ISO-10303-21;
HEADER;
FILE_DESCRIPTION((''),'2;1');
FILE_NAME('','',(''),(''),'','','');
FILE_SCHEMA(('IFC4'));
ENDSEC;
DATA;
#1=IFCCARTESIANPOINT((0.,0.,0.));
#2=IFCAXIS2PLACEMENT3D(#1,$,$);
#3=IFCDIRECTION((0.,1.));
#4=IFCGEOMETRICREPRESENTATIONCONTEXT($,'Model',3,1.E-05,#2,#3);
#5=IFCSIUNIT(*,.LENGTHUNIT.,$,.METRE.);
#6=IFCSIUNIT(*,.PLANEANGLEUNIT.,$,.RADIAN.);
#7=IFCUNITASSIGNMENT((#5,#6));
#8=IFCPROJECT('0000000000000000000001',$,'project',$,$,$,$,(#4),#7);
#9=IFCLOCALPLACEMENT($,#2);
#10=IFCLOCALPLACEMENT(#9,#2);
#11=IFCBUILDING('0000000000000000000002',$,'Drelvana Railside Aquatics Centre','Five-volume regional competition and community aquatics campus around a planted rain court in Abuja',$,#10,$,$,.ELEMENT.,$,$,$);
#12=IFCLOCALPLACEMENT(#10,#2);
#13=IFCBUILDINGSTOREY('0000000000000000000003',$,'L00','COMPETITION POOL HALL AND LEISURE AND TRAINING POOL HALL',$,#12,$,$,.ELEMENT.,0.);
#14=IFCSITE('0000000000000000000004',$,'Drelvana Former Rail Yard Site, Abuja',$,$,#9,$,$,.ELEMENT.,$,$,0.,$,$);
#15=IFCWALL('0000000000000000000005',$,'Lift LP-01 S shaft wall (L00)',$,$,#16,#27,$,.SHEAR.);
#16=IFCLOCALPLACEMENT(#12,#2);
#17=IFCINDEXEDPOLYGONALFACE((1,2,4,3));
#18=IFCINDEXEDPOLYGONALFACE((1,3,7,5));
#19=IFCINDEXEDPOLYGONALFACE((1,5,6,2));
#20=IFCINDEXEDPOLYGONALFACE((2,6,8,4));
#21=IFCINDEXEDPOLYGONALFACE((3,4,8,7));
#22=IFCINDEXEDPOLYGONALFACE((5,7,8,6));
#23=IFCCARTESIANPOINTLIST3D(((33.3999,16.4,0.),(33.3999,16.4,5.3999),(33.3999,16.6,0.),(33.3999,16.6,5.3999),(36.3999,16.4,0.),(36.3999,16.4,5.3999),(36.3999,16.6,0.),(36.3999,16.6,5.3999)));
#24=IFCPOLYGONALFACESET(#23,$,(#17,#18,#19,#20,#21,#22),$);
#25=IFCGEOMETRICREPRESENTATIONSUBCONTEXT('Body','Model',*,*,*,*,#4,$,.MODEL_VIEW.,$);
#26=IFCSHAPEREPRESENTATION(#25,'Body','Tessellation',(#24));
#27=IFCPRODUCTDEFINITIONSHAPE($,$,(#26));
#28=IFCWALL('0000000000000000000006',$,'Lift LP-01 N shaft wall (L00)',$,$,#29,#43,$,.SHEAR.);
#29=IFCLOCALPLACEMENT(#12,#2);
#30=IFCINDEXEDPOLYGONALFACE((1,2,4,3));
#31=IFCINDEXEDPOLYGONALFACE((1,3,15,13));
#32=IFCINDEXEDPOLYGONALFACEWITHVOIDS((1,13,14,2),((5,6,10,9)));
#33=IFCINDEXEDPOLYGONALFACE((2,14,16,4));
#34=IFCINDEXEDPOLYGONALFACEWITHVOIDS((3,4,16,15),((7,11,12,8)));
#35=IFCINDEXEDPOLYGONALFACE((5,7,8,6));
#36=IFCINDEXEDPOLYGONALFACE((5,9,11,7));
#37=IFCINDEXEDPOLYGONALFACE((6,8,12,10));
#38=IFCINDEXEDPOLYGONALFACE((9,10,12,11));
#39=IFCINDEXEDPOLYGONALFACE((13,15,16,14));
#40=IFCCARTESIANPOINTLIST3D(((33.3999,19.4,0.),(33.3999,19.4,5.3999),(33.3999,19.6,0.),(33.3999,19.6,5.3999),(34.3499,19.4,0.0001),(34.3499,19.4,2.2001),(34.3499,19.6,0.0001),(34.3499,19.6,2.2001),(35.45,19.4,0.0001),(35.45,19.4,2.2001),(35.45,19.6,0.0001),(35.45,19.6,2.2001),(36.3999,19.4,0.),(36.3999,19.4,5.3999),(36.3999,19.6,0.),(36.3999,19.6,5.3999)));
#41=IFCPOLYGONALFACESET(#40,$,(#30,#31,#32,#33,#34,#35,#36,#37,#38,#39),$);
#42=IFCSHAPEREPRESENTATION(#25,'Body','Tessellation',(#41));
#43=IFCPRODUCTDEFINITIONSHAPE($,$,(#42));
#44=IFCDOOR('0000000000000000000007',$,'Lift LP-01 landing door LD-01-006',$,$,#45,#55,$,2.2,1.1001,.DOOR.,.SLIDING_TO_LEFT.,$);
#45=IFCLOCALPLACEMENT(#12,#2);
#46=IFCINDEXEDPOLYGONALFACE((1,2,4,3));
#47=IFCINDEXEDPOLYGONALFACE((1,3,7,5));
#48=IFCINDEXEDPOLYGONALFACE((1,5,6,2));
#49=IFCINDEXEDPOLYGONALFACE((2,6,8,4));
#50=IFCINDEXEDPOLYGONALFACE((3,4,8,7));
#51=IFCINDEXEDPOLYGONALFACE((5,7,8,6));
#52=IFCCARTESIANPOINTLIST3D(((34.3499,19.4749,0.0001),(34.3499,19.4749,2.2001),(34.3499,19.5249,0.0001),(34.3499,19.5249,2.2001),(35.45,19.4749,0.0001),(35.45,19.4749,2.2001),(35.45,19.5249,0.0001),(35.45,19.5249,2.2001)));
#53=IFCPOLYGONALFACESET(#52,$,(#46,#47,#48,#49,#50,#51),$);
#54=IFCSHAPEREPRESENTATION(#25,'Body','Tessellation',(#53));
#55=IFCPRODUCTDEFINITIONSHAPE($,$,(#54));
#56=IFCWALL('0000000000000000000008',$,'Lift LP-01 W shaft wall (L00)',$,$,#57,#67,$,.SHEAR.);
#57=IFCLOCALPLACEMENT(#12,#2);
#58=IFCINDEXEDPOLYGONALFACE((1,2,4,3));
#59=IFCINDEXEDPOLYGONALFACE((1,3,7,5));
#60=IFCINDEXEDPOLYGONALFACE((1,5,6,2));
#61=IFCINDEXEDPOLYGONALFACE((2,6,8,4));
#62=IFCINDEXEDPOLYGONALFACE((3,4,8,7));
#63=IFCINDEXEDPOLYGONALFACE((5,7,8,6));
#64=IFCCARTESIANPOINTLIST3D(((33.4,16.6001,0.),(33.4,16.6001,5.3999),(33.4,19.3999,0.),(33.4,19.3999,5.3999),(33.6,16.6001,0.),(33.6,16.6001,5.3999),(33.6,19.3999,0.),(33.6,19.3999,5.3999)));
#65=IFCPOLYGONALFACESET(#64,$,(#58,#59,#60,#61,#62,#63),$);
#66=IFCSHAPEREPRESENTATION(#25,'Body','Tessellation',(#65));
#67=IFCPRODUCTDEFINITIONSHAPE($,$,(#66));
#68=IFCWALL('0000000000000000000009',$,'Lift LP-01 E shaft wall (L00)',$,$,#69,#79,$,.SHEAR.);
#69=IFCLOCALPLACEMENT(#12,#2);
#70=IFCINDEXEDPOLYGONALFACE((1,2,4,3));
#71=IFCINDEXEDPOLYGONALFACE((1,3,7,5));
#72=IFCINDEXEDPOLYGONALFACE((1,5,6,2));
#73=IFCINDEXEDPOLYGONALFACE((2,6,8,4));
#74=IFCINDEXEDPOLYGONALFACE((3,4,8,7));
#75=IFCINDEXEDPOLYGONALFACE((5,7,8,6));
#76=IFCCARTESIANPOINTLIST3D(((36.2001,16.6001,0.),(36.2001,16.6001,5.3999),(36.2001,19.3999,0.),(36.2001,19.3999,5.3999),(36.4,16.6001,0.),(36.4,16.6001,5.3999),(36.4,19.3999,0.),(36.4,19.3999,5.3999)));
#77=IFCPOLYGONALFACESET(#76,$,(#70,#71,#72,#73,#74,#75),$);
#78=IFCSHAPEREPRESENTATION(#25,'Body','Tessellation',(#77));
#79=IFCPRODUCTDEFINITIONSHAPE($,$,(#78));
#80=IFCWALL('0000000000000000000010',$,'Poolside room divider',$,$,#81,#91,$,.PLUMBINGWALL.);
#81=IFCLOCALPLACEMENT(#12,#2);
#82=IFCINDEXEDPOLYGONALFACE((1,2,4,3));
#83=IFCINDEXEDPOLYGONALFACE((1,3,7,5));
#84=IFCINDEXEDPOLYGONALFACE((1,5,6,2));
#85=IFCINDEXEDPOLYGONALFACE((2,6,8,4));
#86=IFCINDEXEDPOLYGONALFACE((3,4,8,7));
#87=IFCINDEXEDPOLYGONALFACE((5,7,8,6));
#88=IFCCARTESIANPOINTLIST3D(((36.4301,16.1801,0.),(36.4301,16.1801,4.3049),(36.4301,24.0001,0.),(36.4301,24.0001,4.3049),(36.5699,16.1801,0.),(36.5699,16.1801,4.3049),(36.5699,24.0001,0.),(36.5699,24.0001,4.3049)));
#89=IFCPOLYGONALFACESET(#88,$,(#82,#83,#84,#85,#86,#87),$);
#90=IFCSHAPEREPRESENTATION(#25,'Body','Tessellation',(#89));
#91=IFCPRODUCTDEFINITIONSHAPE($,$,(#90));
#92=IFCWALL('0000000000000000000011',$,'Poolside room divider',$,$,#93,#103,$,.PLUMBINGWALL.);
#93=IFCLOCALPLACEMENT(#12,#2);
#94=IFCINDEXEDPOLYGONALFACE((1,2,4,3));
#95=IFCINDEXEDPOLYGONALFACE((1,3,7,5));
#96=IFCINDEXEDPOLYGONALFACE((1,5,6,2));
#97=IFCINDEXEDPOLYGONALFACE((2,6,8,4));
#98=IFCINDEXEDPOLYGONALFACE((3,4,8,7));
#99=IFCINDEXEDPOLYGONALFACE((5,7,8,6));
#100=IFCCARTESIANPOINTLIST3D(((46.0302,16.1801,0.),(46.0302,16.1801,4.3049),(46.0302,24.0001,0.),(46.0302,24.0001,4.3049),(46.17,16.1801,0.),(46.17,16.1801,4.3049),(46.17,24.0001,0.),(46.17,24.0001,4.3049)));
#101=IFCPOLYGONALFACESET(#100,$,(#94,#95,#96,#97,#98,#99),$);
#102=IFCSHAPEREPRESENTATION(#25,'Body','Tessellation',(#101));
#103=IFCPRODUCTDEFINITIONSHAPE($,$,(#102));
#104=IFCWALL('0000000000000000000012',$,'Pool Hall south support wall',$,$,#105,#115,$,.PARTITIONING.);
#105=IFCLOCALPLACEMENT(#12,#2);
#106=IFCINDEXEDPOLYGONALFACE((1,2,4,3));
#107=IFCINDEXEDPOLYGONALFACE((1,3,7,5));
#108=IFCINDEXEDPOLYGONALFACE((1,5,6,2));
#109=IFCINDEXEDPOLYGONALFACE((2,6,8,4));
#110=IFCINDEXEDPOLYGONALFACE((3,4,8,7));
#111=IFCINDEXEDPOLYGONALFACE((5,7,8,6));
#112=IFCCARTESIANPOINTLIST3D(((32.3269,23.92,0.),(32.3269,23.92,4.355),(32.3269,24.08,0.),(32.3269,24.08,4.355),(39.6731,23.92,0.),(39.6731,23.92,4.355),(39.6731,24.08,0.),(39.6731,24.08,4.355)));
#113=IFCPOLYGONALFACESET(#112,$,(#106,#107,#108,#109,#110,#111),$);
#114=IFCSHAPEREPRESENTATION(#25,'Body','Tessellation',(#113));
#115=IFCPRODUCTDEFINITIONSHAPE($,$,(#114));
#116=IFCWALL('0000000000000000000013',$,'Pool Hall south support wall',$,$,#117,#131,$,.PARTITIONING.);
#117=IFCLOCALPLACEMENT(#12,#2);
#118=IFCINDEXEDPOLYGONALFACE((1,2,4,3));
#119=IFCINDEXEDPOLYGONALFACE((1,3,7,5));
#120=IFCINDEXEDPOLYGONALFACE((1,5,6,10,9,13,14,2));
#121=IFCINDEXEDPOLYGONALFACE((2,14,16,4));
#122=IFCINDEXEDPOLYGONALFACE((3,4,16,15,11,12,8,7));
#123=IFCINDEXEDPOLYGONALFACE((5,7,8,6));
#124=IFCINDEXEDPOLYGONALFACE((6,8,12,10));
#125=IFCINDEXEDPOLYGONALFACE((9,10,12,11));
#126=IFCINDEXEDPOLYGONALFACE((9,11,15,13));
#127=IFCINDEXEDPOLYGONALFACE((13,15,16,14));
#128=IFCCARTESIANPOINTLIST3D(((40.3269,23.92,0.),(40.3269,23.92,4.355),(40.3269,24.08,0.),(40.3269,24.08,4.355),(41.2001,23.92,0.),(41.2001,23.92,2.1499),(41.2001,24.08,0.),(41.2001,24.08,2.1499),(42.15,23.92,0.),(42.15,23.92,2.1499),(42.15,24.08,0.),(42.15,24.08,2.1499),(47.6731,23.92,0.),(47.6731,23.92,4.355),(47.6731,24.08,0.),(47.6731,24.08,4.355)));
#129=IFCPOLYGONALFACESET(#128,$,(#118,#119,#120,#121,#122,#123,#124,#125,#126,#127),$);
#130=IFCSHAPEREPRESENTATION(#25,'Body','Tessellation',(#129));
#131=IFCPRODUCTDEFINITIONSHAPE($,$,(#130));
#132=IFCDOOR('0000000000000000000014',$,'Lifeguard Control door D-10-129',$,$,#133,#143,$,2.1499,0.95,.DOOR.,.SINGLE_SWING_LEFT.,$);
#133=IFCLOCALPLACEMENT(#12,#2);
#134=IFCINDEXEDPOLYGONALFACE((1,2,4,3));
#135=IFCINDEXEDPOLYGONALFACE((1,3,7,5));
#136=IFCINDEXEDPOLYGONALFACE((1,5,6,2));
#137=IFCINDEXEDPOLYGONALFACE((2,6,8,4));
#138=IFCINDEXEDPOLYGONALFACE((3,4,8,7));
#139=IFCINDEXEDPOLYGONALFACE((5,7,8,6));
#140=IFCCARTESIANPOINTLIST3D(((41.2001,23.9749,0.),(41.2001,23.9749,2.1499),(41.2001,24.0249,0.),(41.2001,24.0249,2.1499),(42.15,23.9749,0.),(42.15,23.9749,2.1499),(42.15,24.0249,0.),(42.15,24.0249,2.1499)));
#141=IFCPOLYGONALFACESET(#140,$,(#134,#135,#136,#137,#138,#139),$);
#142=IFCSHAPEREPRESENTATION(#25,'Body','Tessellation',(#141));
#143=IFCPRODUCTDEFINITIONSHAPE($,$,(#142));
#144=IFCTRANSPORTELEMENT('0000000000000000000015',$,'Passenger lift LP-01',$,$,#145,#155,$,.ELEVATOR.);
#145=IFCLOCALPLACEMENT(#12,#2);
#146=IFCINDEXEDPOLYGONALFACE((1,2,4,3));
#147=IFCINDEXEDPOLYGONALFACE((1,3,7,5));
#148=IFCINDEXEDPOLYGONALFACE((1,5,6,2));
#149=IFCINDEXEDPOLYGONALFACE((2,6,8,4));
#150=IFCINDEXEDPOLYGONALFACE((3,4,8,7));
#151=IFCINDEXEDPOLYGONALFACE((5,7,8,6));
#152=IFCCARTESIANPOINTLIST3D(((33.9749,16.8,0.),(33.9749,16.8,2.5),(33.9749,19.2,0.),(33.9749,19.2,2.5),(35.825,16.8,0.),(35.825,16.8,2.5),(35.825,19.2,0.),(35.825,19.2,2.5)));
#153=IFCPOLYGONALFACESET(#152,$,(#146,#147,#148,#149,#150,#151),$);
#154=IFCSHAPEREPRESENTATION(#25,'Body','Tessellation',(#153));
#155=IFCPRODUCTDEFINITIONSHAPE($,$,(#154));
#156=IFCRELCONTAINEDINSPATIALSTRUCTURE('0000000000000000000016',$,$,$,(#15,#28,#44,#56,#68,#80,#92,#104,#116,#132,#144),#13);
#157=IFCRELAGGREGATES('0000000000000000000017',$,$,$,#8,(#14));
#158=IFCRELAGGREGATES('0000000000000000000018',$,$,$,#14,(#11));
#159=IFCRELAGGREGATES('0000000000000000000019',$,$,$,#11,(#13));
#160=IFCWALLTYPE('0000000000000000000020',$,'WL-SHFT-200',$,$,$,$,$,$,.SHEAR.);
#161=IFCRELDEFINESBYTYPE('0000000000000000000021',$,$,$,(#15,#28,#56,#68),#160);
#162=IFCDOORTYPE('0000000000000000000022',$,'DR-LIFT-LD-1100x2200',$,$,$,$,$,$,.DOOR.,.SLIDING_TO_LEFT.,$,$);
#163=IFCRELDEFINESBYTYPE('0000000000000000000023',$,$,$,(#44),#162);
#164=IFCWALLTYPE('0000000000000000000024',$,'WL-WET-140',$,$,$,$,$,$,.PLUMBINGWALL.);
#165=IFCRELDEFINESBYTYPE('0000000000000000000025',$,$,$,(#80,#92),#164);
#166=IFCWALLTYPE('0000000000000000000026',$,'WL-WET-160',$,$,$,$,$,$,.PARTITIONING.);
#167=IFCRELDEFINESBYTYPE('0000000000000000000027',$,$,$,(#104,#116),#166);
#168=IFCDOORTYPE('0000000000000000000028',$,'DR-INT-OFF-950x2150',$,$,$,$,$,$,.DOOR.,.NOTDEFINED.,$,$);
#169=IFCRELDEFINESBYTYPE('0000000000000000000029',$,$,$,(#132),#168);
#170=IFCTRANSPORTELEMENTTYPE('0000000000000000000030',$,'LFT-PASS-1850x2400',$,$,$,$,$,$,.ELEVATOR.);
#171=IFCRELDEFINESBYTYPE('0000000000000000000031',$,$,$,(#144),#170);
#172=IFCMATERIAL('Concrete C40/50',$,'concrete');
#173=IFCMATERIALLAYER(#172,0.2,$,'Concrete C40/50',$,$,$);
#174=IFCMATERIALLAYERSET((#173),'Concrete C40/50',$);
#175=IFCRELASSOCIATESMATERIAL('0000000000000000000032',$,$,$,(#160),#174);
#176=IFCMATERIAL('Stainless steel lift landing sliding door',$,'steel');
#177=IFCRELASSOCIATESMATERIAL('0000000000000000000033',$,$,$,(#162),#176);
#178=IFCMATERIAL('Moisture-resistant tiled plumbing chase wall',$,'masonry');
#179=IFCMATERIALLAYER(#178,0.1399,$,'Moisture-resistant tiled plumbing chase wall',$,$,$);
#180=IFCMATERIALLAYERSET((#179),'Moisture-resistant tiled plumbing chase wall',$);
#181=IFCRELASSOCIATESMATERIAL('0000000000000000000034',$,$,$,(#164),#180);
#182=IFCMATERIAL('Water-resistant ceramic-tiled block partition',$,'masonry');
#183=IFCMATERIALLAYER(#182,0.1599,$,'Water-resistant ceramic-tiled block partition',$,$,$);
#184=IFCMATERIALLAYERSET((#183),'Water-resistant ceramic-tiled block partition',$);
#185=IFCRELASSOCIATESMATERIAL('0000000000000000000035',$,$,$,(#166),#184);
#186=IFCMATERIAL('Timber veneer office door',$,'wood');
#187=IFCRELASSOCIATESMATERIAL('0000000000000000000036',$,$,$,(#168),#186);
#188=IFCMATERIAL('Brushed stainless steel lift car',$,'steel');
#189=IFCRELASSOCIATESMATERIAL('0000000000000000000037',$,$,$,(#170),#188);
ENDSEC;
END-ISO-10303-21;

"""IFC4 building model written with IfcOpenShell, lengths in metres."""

from ifc_helpers import new_model, si_unit, direction, frame, frame_2d, origin, origin_2d, place, context, subcontext, project, spatial, rectangle, extrude, material, layer, layer_set, type_object, element, fill, save


model = new_model("IFC4")

# Units and contexts
model_context = context("Model", 3, precision=1e-05, world=origin(), true_north=direction((0.0, 1.0)))
body_context = subcontext(model_context, "Body", "Model", "MODEL_VIEW")
ifc_project = project(units=[si_unit("LENGTHUNIT", "METRE"), si_unit("PLANEANGLEUNIT", "RADIAN")], contexts=[model_context])

# Site, building, storey
site_placement = place(None, origin())
site = spatial("IfcSite", under=ifc_project, at=site_placement, Name="Drelvana Former Rail Yard Site, Abuja", CompositionType="ELEMENT", RefElevation=0.0)
building_placement = place(site_placement, origin())
building = spatial("IfcBuilding", under=site, at=building_placement, Name="Drelvana Railside Aquatics Centre", Description="Five-volume regional competition and community aquatics campus around a planted rain court in Abuja", CompositionType="ELEMENT")
storey_placement = place(building_placement, origin())
storey = spatial("IfcBuildingStorey", under=building, at=storey_placement, Name="L00", Description="COMPETITION POOL HALL AND LEISURE AND TRAINING POOL HALL", CompositionType="ELEMENT", Elevation=0.0)

# Shared definitions
ifc_material_1 = material(Name="Concrete C40/50", Category="concrete")

# Wall
ifc_layer_1 = layer(ifc_material_1, 0.2, Name="Concrete C40/50")
ifc_layer_set_1 = layer_set([ifc_layer_1], Name="Concrete C40/50")
wall_type_1 = type_object("IfcWallType", Name="WL-SHFT-200", PredefinedType="SHEAR", material=ifc_layer_set_1)
wall_1_placement = place(storey_placement, frame((33.3999, 16.5, 0.0), z_axis=(0.0, 0.0, 1.0), x_axis=(1.0, 0.0, 0.0)))
element("IfcWall", 1, at=wall_1_placement, inside=storey, type_object=wall_type_1, Name="Lift LP-01 S shaft wall (L00)", PredefinedType="SHEAR", context=body_context, shape_type="SweptSolid", body=[
    extrude(rectangle(XDim=3.0, YDim=0.2, at=frame_2d((1.5, 0.0))), origin(), (0.0, 0.0, 1.0), 5.3999),
])

# Wall, opening, door
wall_2_placement = place(storey_placement, frame((33.3999, 19.5, 0.0), z_axis=(0.0, 0.0, 1.0), x_axis=(1.0, 0.0, 0.0)))
wall_2 = element("IfcWall", 2, at=wall_2_placement, inside=storey, type_object=wall_type_1, Name="Lift LP-01 N shaft wall (L00)", PredefinedType="SHEAR", context=body_context, shape_type="SweptSolid", body=[
    extrude(rectangle(XDim=3.0, YDim=0.2, at=frame_2d((1.5, 0.0))), origin(), (0.0, 0.0, 1.0), 5.3999),
])
opening_1_placement = place(wall_2_placement, frame((0.95, 0.0, 0.0)))
opening_1 = element("IfcOpeningElement", 3, at=opening_1_placement, cuts=wall_2, PredefinedType="OPENING", context=body_context, shape_type="SweptSolid", body=[
    extrude(rectangle(XDim=1.1001, YDim=2.2, at=frame_2d((0.55, 1.1001))), frame((0.0, 0.1099, 0.0), z_axis=(0.0, -1.0, 0.0), x_axis=(1.0, 0.0, 0.0)), (0.0, 0.0, 1.0), 0.22),
])
ifc_material_2 = material(Name="Stainless steel lift landing sliding door", Category="steel")
door_type_1 = type_object("IfcDoorType", Name="DR-LIFT-LD-1100x2200", OperationType="SLIDING_TO_LEFT", PredefinedType="DOOR", material=ifc_material_2)
door_1_placement = place(opening_1_placement, origin())
door_1 = element("IfcDoor", 4, at=door_1_placement, inside=storey, type_object=door_type_1, Name="Lift LP-01 landing door LD-01-006", OperationType="SLIDING_TO_LEFT", OverallHeight=2.2, OverallWidth=1.1001, PredefinedType="DOOR", context=body_context, shape_type="SweptSolid", body=[
    extrude(rectangle(XDim=1.1001, YDim=2.2, at=frame_2d((0.55, 1.1001))), frame((0.0, 0.0249, 0.0), z_axis=(0.0, -1.0, 0.0), x_axis=(1.0, 0.0, 0.0)), (0.0, 0.0, 1.0), 0.05),
])
fill(opening_1, door_1)

# Walls
for number, where, z_axis, x_axis, name in (
    (5, (33.5, 16.6001, 0.0), (0.0, 0.0, 1.0), (0.0, 1.0, 0.0), "Lift LP-01 W shaft wall (L00)"),
    (6, (36.3, 16.6001, 0.0), (0.0, 0.0, 1.0), (0.0, 1.0, 0.0), "Lift LP-01 E shaft wall (L00)"),
):
    element("IfcWall", number, at=place(storey_placement, frame(where, z_axis=z_axis, x_axis=x_axis)), inside=storey, type_object=wall_type_1, Name=name, PredefinedType="SHEAR", context=body_context, shape_type="SweptSolid", body=[
        extrude(rectangle(XDim=2.7998, YDim=0.2, at=frame_2d((1.3999, 0.0))), origin(), (0.0, 0.0, 1.0), 5.3999),
    ])
ifc_material_3 = material(Name="Moisture-resistant tiled plumbing chase wall", Category="masonry")
ifc_layer_2 = layer(ifc_material_3, 0.1399, Name="Moisture-resistant tiled plumbing chase wall")
ifc_layer_set_2 = layer_set([ifc_layer_2], Name="Moisture-resistant tiled plumbing chase wall")
wall_type_2 = type_object("IfcWallType", Name="WL-WET-140", PredefinedType="PLUMBINGWALL", material=ifc_layer_set_2)
for number, where, z_axis, x_axis, name in (
    (7, (36.5, 16.1799, 0.0), (0.0, 0.0, 1.0), (0.0, 1.0, 0.0), "Poolside room divider"),
    (8, (46.1001, 16.1799, 0.0), (0.0, 0.0, 1.0), (0.0, 1.0, 0.0), "Poolside room divider"),
):
    element("IfcWall", number, at=place(storey_placement, frame(where, z_axis=z_axis, x_axis=x_axis)), inside=storey, type_object=wall_type_2, Name=name, PredefinedType="PLUMBINGWALL", context=body_context, shape_type="SweptSolid", body=[
        extrude(rectangle(XDim=7.8201, YDim=0.1399, at=frame_2d((3.9102, 0.0))), origin(), (0.0, 0.0, 1.0), 4.3049),
    ])
ifc_material_4 = material(Name="Water-resistant ceramic-tiled block partition", Category="masonry")
ifc_layer_3 = layer(ifc_material_4, 0.1599, Name="Water-resistant ceramic-tiled block partition")
ifc_layer_set_3 = layer_set([ifc_layer_3], Name="Water-resistant ceramic-tiled block partition")
wall_type_3 = type_object("IfcWallType", Name="WL-WET-160", PredefinedType="PARTITIONING", material=ifc_layer_set_3)
wall_3_placement = place(storey_placement, frame((32.3269, 24.0, 0.0), z_axis=(0.0, 0.0, 1.0), x_axis=(1.0, 0.0, 0.0)))
element("IfcWall", 9, at=wall_3_placement, inside=storey, type_object=wall_type_3, Name="Pool Hall south support wall", PredefinedType="PARTITIONING", context=body_context, shape_type="SweptSolid", body=[
    extrude(rectangle(XDim=7.3462, YDim=0.1599, at=frame_2d((3.6731, 0.0))), origin(), (0.0, 0.0, 1.0), 4.355),
])

# Wall, opening, door
wall_4_placement = place(storey_placement, frame((40.3269, 24.0, 0.0), z_axis=(0.0, 0.0, 1.0), x_axis=(1.0, 0.0, 0.0)))
wall_4 = element("IfcWall", 10, at=wall_4_placement, inside=storey, type_object=wall_type_3, Name="Pool Hall south support wall", PredefinedType="PARTITIONING", context=body_context, shape_type="SweptSolid", body=[
    extrude(rectangle(XDim=7.3462, YDim=0.1599, at=frame_2d((3.6731, 0.0))), origin(), (0.0, 0.0, 1.0), 4.355),
])
opening_2_placement = place(wall_4_placement, frame((0.873, 0.0, 0.0)))
opening_2 = element("IfcOpeningElement", 11, at=opening_2_placement, cuts=wall_4, PredefinedType="OPENING", context=body_context, shape_type="SweptSolid", body=[
    extrude(rectangle(XDim=0.95, YDim=2.1499, at=frame_2d((0.4751, 1.075))), frame((0.0, 0.0898, 0.0), z_axis=(0.0, -1.0, 0.0), x_axis=(1.0, 0.0, 0.0)), (0.0, 0.0, 1.0), 0.1799),
])
ifc_material_5 = material(Name="Timber veneer office door", Category="wood")
door_type_2 = type_object("IfcDoorType", Name="DR-INT-OFF-950x2150", OperationType="NOTDEFINED", PredefinedType="DOOR", material=ifc_material_5)
door_2_placement = place(opening_2_placement, origin())
door_2 = element("IfcDoor", 12, at=door_2_placement, inside=storey, type_object=door_type_2, Name="Lifeguard Control door D-10-129", OperationType="SINGLE_SWING_LEFT", OverallHeight=2.1499, OverallWidth=0.95, PredefinedType="DOOR", context=body_context, shape_type="SweptSolid", body=[
    extrude(rectangle(XDim=0.95, YDim=2.1499, at=frame_2d((0.4751, 1.075))), frame((0.0, 0.0249, 0.0), z_axis=(0.0, -1.0, 0.0), x_axis=(1.0, 0.0, 0.0)), (0.0, 0.0, 1.0), 0.05),
])
fill(opening_2, door_2)

# Transport element
ifc_material_6 = material(Name="Brushed stainless steel lift car", Category="steel")
transport_element_type = type_object("IfcTransportElementType", Name="LFT-PASS-1850x2400", PredefinedType="ELEVATOR", material=ifc_material_6)
transport_element_placement = place(storey_placement, frame((34.8999, 18.0, 0.0), z_axis=(0.0, 0.0, 1.0), x_axis=(1.0, 0.0, 0.0)))
element("IfcTransportElement", 13, at=transport_element_placement, inside=storey, type_object=transport_element_type, Name="Passenger lift LP-01", PredefinedType="ELEVATOR", context=body_context, shape_type="SweptSolid", body=[
    extrude(rectangle(XDim=1.8501, YDim=2.3999, at=origin_2d()), origin(), (0.0, 0.0, 1.0), 2.5),
])

save(model, "model.ifc")
